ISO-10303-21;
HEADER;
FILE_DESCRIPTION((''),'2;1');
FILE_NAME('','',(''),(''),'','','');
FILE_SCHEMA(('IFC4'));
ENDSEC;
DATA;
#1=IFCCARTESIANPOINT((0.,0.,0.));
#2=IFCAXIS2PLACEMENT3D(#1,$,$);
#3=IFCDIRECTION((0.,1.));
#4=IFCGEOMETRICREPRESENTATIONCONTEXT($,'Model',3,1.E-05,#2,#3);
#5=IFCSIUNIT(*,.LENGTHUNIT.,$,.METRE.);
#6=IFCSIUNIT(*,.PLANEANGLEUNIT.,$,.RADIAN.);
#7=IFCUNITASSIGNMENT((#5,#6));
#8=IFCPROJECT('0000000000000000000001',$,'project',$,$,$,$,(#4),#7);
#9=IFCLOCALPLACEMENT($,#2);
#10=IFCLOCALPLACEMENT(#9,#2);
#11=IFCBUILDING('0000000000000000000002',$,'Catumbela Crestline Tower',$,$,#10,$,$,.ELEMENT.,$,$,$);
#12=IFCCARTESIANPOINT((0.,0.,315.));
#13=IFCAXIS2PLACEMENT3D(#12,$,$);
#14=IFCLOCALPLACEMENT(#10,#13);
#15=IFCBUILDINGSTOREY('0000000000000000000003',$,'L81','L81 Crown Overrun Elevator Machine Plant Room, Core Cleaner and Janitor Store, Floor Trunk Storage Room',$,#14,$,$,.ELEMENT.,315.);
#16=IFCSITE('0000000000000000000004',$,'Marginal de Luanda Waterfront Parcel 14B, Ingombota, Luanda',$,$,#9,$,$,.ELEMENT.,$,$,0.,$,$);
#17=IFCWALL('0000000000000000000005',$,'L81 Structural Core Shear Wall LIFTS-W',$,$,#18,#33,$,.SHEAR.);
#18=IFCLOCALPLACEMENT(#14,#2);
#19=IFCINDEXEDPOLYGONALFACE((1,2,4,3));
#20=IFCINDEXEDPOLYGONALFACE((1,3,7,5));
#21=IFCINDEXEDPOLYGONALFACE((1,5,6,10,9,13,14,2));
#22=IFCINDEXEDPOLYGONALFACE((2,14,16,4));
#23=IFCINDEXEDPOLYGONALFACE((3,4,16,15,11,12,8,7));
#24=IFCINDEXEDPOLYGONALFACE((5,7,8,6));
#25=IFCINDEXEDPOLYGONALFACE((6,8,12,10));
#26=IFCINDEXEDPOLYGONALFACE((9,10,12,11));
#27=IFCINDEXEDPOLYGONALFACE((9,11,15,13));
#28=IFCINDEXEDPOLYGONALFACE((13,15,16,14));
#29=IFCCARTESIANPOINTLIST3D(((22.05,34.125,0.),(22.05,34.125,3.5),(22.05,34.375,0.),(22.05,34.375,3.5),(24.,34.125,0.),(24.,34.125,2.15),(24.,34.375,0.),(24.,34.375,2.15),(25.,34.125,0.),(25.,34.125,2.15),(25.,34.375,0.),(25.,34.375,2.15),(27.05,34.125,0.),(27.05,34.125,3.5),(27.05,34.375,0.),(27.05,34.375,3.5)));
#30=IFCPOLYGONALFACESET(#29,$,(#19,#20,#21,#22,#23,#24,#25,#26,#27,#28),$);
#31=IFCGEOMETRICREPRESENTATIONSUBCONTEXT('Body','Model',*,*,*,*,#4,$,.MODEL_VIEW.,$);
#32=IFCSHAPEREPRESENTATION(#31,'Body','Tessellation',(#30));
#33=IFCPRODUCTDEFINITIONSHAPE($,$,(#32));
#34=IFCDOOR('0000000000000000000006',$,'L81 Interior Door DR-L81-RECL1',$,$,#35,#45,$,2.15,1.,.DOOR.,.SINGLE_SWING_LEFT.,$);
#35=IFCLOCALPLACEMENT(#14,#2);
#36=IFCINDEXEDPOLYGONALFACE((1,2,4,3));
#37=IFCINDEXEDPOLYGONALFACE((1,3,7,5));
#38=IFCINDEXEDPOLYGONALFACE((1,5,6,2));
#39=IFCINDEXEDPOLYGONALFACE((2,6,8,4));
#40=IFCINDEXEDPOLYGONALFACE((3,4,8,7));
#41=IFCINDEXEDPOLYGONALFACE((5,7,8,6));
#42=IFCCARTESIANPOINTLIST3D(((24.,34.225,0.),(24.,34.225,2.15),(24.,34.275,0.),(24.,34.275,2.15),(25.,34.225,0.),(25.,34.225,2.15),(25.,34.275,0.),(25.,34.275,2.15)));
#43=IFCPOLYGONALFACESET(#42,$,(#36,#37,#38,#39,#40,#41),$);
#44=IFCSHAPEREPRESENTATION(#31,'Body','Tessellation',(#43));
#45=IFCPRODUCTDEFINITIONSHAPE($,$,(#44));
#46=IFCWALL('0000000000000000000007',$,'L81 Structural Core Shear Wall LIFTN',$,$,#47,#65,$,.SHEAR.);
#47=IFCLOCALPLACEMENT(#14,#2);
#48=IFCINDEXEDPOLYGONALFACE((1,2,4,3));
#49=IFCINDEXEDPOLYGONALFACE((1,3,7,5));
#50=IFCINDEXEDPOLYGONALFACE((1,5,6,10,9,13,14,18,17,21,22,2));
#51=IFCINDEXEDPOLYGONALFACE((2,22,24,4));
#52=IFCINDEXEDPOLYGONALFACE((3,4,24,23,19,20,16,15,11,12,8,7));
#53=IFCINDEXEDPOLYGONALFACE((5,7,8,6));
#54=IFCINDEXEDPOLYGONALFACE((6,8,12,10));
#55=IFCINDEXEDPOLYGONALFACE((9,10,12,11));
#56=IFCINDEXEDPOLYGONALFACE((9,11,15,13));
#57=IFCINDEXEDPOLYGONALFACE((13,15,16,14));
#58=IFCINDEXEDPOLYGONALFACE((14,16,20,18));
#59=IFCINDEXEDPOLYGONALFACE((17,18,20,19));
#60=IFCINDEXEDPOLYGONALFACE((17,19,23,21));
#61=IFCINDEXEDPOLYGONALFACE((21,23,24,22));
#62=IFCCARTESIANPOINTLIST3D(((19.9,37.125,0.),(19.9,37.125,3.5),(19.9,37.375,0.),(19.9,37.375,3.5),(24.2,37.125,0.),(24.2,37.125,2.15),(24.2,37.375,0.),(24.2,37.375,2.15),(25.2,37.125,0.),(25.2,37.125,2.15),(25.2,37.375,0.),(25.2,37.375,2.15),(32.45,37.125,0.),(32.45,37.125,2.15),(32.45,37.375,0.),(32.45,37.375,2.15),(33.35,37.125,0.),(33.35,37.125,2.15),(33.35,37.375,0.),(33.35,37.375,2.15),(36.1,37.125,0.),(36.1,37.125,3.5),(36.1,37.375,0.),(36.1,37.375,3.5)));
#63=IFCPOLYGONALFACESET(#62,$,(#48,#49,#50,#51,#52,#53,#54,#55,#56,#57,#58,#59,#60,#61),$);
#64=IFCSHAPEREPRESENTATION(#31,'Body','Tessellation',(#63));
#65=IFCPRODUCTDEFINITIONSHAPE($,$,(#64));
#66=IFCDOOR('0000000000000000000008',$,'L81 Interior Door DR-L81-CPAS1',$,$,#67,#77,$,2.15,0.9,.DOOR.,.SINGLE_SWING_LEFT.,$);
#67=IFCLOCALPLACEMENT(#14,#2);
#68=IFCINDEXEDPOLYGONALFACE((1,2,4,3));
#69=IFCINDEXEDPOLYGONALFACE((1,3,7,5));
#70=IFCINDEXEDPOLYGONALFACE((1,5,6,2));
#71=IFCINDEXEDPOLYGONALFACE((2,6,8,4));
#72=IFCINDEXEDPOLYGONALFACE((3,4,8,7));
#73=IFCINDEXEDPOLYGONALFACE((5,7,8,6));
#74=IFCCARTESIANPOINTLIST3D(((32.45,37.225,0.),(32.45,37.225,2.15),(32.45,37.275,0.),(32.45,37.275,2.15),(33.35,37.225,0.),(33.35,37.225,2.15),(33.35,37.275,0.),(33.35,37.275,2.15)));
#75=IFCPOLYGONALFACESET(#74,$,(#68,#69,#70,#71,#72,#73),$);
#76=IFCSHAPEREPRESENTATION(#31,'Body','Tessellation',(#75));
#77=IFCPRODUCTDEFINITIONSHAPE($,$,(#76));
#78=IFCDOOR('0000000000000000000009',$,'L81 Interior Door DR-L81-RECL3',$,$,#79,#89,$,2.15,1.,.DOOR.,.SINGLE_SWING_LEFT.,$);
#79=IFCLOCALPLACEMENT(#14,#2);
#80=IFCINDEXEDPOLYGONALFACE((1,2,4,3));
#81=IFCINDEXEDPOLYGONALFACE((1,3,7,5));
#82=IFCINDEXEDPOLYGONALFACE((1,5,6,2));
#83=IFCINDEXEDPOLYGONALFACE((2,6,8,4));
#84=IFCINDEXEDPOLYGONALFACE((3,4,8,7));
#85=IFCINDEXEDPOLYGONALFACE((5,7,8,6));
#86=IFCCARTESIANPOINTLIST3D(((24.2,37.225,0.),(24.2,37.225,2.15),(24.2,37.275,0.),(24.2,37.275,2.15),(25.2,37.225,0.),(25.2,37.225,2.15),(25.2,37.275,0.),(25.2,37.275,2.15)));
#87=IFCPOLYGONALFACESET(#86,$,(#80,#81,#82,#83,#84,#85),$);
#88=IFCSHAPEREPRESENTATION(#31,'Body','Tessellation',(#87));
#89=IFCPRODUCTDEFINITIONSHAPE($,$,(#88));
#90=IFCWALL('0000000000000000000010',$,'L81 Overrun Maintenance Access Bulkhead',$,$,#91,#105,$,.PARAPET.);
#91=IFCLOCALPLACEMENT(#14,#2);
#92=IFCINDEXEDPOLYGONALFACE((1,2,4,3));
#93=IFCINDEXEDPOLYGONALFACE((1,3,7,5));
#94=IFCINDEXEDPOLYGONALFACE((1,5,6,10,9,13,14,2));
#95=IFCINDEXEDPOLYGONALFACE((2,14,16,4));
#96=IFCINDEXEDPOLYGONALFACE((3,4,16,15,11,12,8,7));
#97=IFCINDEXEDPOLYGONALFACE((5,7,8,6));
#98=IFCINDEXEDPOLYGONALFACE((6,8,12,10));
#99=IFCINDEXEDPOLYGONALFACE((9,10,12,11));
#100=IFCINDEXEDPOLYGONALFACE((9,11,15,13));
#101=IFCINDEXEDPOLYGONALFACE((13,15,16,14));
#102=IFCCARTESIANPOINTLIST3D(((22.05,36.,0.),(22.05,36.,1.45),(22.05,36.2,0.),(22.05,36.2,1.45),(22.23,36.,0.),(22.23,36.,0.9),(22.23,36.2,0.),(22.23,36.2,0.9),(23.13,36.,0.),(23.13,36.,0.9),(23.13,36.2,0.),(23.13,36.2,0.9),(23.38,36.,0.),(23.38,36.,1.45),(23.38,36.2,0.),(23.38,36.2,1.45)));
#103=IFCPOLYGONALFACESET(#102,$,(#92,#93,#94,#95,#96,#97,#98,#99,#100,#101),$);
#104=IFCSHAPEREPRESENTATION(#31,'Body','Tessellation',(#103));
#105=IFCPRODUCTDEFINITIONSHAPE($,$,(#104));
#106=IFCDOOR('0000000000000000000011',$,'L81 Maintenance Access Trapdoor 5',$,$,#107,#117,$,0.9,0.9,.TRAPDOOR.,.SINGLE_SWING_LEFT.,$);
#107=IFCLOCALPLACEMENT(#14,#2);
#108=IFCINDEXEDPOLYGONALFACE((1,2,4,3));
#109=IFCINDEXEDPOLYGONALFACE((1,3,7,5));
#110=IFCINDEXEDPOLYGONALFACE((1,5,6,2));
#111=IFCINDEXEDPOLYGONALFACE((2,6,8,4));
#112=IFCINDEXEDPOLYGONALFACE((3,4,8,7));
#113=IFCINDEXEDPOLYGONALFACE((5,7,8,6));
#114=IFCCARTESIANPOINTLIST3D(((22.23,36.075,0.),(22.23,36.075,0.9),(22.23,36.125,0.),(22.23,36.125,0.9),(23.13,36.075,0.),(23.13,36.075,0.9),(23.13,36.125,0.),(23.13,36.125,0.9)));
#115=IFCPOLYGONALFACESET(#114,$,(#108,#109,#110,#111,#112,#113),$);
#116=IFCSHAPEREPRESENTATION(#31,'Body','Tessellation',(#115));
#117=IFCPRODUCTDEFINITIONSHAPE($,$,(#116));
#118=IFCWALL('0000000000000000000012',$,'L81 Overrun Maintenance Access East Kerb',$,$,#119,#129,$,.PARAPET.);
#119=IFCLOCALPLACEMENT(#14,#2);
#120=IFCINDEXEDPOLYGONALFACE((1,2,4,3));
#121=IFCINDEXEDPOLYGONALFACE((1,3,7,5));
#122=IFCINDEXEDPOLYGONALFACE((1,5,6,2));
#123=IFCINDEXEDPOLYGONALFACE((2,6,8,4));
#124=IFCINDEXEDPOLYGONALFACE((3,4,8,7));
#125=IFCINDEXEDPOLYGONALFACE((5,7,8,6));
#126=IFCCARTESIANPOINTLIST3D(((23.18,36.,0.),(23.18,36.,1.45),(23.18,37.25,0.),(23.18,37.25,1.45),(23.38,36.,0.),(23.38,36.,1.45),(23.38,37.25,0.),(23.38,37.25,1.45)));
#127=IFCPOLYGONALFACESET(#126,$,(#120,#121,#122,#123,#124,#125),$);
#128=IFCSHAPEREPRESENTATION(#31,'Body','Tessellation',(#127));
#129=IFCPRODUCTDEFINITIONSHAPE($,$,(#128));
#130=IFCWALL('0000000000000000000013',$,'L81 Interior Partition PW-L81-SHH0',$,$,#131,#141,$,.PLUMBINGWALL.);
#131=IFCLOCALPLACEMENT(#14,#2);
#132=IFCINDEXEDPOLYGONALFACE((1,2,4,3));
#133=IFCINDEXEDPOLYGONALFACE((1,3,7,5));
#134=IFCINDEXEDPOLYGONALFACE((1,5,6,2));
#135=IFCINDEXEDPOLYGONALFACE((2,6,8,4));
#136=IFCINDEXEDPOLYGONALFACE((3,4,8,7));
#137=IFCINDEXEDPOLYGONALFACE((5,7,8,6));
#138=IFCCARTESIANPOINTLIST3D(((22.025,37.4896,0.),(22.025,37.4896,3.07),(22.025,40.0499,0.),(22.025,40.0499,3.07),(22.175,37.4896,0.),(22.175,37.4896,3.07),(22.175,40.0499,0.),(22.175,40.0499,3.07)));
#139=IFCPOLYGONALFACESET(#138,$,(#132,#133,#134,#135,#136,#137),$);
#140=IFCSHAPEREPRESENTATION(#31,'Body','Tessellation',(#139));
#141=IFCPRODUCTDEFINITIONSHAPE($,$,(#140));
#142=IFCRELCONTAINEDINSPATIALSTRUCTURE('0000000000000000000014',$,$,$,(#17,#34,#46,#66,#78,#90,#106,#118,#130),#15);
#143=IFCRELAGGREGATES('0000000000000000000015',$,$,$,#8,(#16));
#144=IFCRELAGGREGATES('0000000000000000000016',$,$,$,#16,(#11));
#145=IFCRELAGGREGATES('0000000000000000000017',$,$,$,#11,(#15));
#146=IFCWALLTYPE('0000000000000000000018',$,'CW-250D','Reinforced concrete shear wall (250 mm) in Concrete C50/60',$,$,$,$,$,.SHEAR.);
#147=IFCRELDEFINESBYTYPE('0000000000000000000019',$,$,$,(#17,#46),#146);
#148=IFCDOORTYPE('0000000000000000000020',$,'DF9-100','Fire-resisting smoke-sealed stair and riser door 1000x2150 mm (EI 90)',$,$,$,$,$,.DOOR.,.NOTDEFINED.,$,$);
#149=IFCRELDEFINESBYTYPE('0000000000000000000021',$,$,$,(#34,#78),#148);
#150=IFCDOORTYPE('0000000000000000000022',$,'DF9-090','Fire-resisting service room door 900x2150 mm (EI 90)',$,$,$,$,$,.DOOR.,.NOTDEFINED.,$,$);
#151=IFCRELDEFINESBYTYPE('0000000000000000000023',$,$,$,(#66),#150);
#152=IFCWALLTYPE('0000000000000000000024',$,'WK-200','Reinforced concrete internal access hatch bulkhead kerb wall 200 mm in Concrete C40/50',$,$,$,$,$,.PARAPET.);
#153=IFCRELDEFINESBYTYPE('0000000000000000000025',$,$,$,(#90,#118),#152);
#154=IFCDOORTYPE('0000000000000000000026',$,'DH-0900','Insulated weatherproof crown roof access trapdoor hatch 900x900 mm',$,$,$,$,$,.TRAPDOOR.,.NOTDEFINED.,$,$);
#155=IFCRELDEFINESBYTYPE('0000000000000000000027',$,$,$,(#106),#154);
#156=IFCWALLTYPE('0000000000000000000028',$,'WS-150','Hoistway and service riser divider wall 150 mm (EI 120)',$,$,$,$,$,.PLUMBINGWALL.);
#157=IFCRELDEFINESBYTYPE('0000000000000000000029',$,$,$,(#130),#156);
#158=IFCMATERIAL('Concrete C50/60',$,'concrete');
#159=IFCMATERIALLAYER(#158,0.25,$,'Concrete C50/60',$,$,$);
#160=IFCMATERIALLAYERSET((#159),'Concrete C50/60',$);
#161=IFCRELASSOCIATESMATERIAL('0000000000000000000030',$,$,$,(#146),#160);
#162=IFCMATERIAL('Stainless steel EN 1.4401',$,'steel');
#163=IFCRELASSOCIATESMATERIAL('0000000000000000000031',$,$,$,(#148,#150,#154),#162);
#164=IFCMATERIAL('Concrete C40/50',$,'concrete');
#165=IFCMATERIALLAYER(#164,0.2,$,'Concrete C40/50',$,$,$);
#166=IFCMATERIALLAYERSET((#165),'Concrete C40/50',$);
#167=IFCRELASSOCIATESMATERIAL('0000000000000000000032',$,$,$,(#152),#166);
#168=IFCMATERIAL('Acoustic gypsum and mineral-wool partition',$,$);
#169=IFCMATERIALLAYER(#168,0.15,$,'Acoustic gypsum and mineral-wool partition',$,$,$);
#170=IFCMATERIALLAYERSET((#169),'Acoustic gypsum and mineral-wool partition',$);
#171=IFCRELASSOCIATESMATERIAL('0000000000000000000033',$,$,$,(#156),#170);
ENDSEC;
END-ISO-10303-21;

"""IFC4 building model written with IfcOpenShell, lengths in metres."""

from ifc_helpers import new_model, si_unit, direction, frame, frame_2d, origin, place, context, subcontext, project, spatial, rectangle, extrude, material, layer, layer_set, type_object, element, fill, save


model = new_model("IFC4")

# Units and contexts
model_context = context("Model", 3, precision=1e-05, world=origin(), true_north=direction((0.0, 1.0)))
body_context = subcontext(model_context, "Body", "Model", "MODEL_VIEW")
ifc_project = project(units=[si_unit("LENGTHUNIT", "METRE"), si_unit("PLANEANGLEUNIT", "RADIAN")], contexts=[model_context])

# Site, building, storey
site_placement = place(None, origin())
site = spatial("IfcSite", under=ifc_project, at=site_placement, Name="Marginal de Luanda Waterfront Parcel 14B, Ingombota, Luanda", CompositionType="ELEMENT", RefElevation=0.0)
building_placement = place(site_placement, origin())
building = spatial("IfcBuilding", under=site, at=building_placement, Name="Catumbela Crestline Tower", CompositionType="ELEMENT")
storey_placement = place(building_placement, frame((0.0, 0.0, 315.0)))
storey = spatial("IfcBuildingStorey", under=building, at=storey_placement, Name="L81", Description="L81 Crown Overrun Elevator Machine Plant Room, Core Cleaner and Janitor Store, Floor Trunk Storage Room", CompositionType="ELEMENT", Elevation=315.0)

# Shared definitions
ifc_material_1 = material(Name="Concrete C50/60", Category="concrete")
ifc_layer_1 = layer(ifc_material_1, 0.25, Name="Concrete C50/60")
ifc_layer_set_1 = layer_set([ifc_layer_1], Name="Concrete C50/60")
wall_type_1 = type_object("IfcWallType", Name="CW-250D", Description="Reinforced concrete shear wall (250 mm) in Concrete C50/60", PredefinedType="SHEAR", material=ifc_layer_set_1)
ifc_material_2 = material(Name="Stainless steel EN 1.4401", Category="steel")
door_type_1 = type_object("IfcDoorType", Name="DF9-100", Description="Fire-resisting smoke-sealed stair and riser door 1000x2150 mm (EI 90)", OperationType="NOTDEFINED", PredefinedType="DOOR", material=ifc_material_2)

# Wall, opening, door
wall_1_placement = place(storey_placement, frame((22.05, 34.25, 0.0), z_axis=(0.0, 0.0, 1.0), x_axis=(1.0, 0.0, 0.0)))
wall_1 = element("IfcWall", 1, at=wall_1_placement, inside=storey, type_object=wall_type_1, Name="L81 Structural Core Shear Wall LIFTS-W", PredefinedType="SHEAR", context=body_context, shape_type="SweptSolid", body=[
    extrude(rectangle(XDim=5.0, YDim=0.25, at=frame_2d((2.5, 0.0))), origin(), (0.0, 0.0, 1.0), 3.5),
])
opening_1_placement = place(wall_1_placement, frame((1.95, 0.0, 0.0)))
opening_1 = element("IfcOpeningElement", 2, at=opening_1_placement, cuts=wall_1, PredefinedType="OPENING", context=body_context, shape_type="SweptSolid", body=[
    extrude(rectangle(XDim=1.0, YDim=2.15, at=frame_2d((0.5, 1.075))), frame((0.0, 0.135, 0.0), z_axis=(0.0, -1.0, 0.0), x_axis=(1.0, 0.0, 0.0)), (0.0, 0.0, 1.0), 0.27),
])
door_1_placement = place(opening_1_placement, origin())
door_1 = element("IfcDoor", 3, at=door_1_placement, inside=storey, type_object=door_type_1, Name="L81 Interior Door DR-L81-RECL1", OperationType="SINGLE_SWING_LEFT", OverallHeight=2.15, OverallWidth=1.0, PredefinedType="DOOR", context=body_context, shape_type="SweptSolid", body=[
    extrude(rectangle(XDim=1.0, YDim=2.15, at=frame_2d((0.5, 1.075))), frame((0.0, 0.025, 0.0), z_axis=(0.0, -1.0, 0.0), x_axis=(1.0, 0.0, 0.0)), (0.0, 0.0, 1.0), 0.05),
])
fill(opening_1, door_1)

# Wall, openings, doors
wall_2_placement = place(storey_placement, frame((19.9, 37.25, 0.0), z_axis=(0.0, 0.0, 1.0), x_axis=(1.0, 0.0, 0.0)))
wall_2 = element("IfcWall", 4, at=wall_2_placement, inside=storey, type_object=wall_type_1, Name="L81 Structural Core Shear Wall LIFTN", PredefinedType="SHEAR", context=body_context, shape_type="SweptSolid", body=[
    extrude(rectangle(XDim=16.2, YDim=0.25, at=frame_2d((8.1, 0.0))), origin(), (0.0, 0.0, 1.0), 3.5),
])
opening_2_placement = place(wall_2_placement, frame((4.3, 0.0, 0.0)))
opening_2 = element("IfcOpeningElement", 5, at=opening_2_placement, cuts=wall_2, PredefinedType="OPENING", context=body_context, shape_type="SweptSolid", body=[
    extrude(rectangle(XDim=1.0, YDim=2.15, at=frame_2d((0.5, 1.075))), frame((0.0, 0.135, 0.0), z_axis=(0.0, -1.0, 0.0), x_axis=(1.0, 0.0, 0.0)), (0.0, 0.0, 1.0), 0.27),
])
opening_3_placement = place(wall_2_placement, frame((12.55, 0.0, 0.0)))
opening_3 = element("IfcOpeningElement", 6, at=opening_3_placement, cuts=wall_2, PredefinedType="OPENING", context=body_context, shape_type="SweptSolid", body=[
    extrude(rectangle(XDim=0.9, YDim=2.15, at=frame_2d((0.45, 1.075))), frame((0.0, 0.135, 0.0), z_axis=(0.0, -1.0, 0.0), x_axis=(1.0, 0.0, 0.0)), (0.0, 0.0, 1.0), 0.27),
])
door_type_2 = type_object("IfcDoorType", Name="DF9-090", Description="Fire-resisting service room door 900x2150 mm (EI 90)", OperationType="NOTDEFINED", PredefinedType="DOOR", material=ifc_material_2)
door_2_placement = place(opening_3_placement, origin())
door_2 = element("IfcDoor", 7, at=door_2_placement, inside=storey, type_object=door_type_2, Name="L81 Interior Door DR-L81-CPAS1", OperationType="SINGLE_SWING_LEFT", OverallHeight=2.15, OverallWidth=0.9, PredefinedType="DOOR", context=body_context, shape_type="SweptSolid", body=[
    extrude(rectangle(XDim=0.9, YDim=2.15, at=frame_2d((0.45, 1.075))), frame((0.0, 0.025, 0.0), z_axis=(0.0, -1.0, 0.0), x_axis=(1.0, 0.0, 0.0)), (0.0, 0.0, 1.0), 0.05),
])
fill(opening_3, door_2)
door_3_placement = place(opening_2_placement, origin())
door_3 = element("IfcDoor", 8, at=door_3_placement, inside=storey, type_object=door_type_1, Name="L81 Interior Door DR-L81-RECL3", OperationType="SINGLE_SWING_LEFT", OverallHeight=2.15, OverallWidth=1.0, PredefinedType="DOOR", context=body_context, shape_type="SweptSolid", body=[
    extrude(rectangle(XDim=1.0, YDim=2.15, at=frame_2d((0.5, 1.075))), frame((0.0, 0.025, 0.0), z_axis=(0.0, -1.0, 0.0), x_axis=(1.0, 0.0, 0.0)), (0.0, 0.0, 1.0), 0.05),
])
fill(opening_2, door_3)

# Wall, opening, door
ifc_material_3 = material(Name="Concrete C40/50", Category="concrete")
ifc_layer_2 = layer(ifc_material_3, 0.2, Name="Concrete C40/50")
ifc_layer_set_2 = layer_set([ifc_layer_2], Name="Concrete C40/50")
wall_type_2 = type_object("IfcWallType", Name="WK-200", Description="Reinforced concrete internal access hatch bulkhead kerb wall 200 mm in Concrete C40/50", PredefinedType="PARAPET", material=ifc_layer_set_2)
wall_3_placement = place(storey_placement, frame((22.05, 36.1, 0.0), z_axis=(0.0, 0.0, 1.0), x_axis=(1.0, 0.0, 0.0)))
wall_3 = element("IfcWall", 9, at=wall_3_placement, inside=storey, type_object=wall_type_2, Name="L81 Overrun Maintenance Access Bulkhead", PredefinedType="PARAPET", context=body_context, shape_type="SweptSolid", body=[
    extrude(rectangle(XDim=1.33, YDim=0.2, at=frame_2d((0.665, 0.0))), origin(), (0.0, 0.0, 1.0), 1.45),
])
opening_4_placement = place(wall_3_placement, frame((0.18, 0.0, 0.0)))
opening_4 = element("IfcOpeningElement", 10, at=opening_4_placement, cuts=wall_3, PredefinedType="OPENING", context=body_context, shape_type="SweptSolid", body=[
    extrude(rectangle(XDim=0.9, YDim=0.9, at=frame_2d((0.45, 0.45))), frame((0.0, 0.11, 0.0), z_axis=(0.0, -1.0, 0.0), x_axis=(1.0, 0.0, 0.0)), (0.0, 0.0, 1.0), 0.22),
])
door_type_3 = type_object("IfcDoorType", Name="DH-0900", Description="Insulated weatherproof crown roof access trapdoor hatch 900x900 mm", OperationType="NOTDEFINED", PredefinedType="TRAPDOOR", material=ifc_material_2)
door_4_placement = place(opening_4_placement, origin())
door_4 = element("IfcDoor", 11, at=door_4_placement, inside=storey, type_object=door_type_3, Name="L81 Maintenance Access Trapdoor 5", OperationType="SINGLE_SWING_LEFT", OverallHeight=0.9, OverallWidth=0.9, PredefinedType="TRAPDOOR", context=body_context, shape_type="SweptSolid", body=[
    extrude(rectangle(XDim=0.9, YDim=0.9, at=frame_2d((0.45, 0.45))), frame((0.0, 0.025, 0.0), z_axis=(0.0, -1.0, 0.0), x_axis=(1.0, 0.0, 0.0)), (0.0, 0.0, 1.0), 0.05),
])
fill(opening_4, door_4)

# Walls
wall_4_placement = place(storey_placement, frame((23.28, 36.0, 0.0), z_axis=(0.0, 0.0, 1.0), x_axis=(0.0, 1.0, 0.0)))
element("IfcWall", 12, at=wall_4_placement, inside=storey, type_object=wall_type_2, Name="L81 Overrun Maintenance Access East Kerb", PredefinedType="PARAPET", context=body_context, shape_type="SweptSolid", body=[
    extrude(rectangle(XDim=1.25, YDim=0.2, at=frame_2d((0.625, 0.0))), origin(), (0.0, 0.0, 1.0), 1.45),
])
ifc_material_4 = material(Name="Acoustic gypsum and mineral-wool partition")
ifc_layer_3 = layer(ifc_material_4, 0.15, Name="Acoustic gypsum and mineral-wool partition")
ifc_layer_set_3 = layer_set([ifc_layer_3], Name="Acoustic gypsum and mineral-wool partition")
wall_type_3 = type_object("IfcWallType", Name="WS-150", Description="Hoistway and service riser divider wall 150 mm (EI 120)", PredefinedType="PLUMBINGWALL", material=ifc_layer_set_3)
wall_5_placement = place(storey_placement, frame((22.1, 37.4897, 0.0), z_axis=(0.0, 0.0, 1.0), x_axis=(0.0, 1.0, 0.0)))
element("IfcWall", 13, at=wall_5_placement, inside=storey, type_object=wall_type_3, Name="L81 Interior Partition PW-L81-SHH0", PredefinedType="PLUMBINGWALL", context=body_context, shape_type="SweptSolid", body=[
    extrude(rectangle(XDim=2.5603, YDim=0.15, at=frame_2d((1.2801, 0.0))), origin(), (0.0, 0.0, 1.0), 3.07),
])

save(model, "model.ifc")
